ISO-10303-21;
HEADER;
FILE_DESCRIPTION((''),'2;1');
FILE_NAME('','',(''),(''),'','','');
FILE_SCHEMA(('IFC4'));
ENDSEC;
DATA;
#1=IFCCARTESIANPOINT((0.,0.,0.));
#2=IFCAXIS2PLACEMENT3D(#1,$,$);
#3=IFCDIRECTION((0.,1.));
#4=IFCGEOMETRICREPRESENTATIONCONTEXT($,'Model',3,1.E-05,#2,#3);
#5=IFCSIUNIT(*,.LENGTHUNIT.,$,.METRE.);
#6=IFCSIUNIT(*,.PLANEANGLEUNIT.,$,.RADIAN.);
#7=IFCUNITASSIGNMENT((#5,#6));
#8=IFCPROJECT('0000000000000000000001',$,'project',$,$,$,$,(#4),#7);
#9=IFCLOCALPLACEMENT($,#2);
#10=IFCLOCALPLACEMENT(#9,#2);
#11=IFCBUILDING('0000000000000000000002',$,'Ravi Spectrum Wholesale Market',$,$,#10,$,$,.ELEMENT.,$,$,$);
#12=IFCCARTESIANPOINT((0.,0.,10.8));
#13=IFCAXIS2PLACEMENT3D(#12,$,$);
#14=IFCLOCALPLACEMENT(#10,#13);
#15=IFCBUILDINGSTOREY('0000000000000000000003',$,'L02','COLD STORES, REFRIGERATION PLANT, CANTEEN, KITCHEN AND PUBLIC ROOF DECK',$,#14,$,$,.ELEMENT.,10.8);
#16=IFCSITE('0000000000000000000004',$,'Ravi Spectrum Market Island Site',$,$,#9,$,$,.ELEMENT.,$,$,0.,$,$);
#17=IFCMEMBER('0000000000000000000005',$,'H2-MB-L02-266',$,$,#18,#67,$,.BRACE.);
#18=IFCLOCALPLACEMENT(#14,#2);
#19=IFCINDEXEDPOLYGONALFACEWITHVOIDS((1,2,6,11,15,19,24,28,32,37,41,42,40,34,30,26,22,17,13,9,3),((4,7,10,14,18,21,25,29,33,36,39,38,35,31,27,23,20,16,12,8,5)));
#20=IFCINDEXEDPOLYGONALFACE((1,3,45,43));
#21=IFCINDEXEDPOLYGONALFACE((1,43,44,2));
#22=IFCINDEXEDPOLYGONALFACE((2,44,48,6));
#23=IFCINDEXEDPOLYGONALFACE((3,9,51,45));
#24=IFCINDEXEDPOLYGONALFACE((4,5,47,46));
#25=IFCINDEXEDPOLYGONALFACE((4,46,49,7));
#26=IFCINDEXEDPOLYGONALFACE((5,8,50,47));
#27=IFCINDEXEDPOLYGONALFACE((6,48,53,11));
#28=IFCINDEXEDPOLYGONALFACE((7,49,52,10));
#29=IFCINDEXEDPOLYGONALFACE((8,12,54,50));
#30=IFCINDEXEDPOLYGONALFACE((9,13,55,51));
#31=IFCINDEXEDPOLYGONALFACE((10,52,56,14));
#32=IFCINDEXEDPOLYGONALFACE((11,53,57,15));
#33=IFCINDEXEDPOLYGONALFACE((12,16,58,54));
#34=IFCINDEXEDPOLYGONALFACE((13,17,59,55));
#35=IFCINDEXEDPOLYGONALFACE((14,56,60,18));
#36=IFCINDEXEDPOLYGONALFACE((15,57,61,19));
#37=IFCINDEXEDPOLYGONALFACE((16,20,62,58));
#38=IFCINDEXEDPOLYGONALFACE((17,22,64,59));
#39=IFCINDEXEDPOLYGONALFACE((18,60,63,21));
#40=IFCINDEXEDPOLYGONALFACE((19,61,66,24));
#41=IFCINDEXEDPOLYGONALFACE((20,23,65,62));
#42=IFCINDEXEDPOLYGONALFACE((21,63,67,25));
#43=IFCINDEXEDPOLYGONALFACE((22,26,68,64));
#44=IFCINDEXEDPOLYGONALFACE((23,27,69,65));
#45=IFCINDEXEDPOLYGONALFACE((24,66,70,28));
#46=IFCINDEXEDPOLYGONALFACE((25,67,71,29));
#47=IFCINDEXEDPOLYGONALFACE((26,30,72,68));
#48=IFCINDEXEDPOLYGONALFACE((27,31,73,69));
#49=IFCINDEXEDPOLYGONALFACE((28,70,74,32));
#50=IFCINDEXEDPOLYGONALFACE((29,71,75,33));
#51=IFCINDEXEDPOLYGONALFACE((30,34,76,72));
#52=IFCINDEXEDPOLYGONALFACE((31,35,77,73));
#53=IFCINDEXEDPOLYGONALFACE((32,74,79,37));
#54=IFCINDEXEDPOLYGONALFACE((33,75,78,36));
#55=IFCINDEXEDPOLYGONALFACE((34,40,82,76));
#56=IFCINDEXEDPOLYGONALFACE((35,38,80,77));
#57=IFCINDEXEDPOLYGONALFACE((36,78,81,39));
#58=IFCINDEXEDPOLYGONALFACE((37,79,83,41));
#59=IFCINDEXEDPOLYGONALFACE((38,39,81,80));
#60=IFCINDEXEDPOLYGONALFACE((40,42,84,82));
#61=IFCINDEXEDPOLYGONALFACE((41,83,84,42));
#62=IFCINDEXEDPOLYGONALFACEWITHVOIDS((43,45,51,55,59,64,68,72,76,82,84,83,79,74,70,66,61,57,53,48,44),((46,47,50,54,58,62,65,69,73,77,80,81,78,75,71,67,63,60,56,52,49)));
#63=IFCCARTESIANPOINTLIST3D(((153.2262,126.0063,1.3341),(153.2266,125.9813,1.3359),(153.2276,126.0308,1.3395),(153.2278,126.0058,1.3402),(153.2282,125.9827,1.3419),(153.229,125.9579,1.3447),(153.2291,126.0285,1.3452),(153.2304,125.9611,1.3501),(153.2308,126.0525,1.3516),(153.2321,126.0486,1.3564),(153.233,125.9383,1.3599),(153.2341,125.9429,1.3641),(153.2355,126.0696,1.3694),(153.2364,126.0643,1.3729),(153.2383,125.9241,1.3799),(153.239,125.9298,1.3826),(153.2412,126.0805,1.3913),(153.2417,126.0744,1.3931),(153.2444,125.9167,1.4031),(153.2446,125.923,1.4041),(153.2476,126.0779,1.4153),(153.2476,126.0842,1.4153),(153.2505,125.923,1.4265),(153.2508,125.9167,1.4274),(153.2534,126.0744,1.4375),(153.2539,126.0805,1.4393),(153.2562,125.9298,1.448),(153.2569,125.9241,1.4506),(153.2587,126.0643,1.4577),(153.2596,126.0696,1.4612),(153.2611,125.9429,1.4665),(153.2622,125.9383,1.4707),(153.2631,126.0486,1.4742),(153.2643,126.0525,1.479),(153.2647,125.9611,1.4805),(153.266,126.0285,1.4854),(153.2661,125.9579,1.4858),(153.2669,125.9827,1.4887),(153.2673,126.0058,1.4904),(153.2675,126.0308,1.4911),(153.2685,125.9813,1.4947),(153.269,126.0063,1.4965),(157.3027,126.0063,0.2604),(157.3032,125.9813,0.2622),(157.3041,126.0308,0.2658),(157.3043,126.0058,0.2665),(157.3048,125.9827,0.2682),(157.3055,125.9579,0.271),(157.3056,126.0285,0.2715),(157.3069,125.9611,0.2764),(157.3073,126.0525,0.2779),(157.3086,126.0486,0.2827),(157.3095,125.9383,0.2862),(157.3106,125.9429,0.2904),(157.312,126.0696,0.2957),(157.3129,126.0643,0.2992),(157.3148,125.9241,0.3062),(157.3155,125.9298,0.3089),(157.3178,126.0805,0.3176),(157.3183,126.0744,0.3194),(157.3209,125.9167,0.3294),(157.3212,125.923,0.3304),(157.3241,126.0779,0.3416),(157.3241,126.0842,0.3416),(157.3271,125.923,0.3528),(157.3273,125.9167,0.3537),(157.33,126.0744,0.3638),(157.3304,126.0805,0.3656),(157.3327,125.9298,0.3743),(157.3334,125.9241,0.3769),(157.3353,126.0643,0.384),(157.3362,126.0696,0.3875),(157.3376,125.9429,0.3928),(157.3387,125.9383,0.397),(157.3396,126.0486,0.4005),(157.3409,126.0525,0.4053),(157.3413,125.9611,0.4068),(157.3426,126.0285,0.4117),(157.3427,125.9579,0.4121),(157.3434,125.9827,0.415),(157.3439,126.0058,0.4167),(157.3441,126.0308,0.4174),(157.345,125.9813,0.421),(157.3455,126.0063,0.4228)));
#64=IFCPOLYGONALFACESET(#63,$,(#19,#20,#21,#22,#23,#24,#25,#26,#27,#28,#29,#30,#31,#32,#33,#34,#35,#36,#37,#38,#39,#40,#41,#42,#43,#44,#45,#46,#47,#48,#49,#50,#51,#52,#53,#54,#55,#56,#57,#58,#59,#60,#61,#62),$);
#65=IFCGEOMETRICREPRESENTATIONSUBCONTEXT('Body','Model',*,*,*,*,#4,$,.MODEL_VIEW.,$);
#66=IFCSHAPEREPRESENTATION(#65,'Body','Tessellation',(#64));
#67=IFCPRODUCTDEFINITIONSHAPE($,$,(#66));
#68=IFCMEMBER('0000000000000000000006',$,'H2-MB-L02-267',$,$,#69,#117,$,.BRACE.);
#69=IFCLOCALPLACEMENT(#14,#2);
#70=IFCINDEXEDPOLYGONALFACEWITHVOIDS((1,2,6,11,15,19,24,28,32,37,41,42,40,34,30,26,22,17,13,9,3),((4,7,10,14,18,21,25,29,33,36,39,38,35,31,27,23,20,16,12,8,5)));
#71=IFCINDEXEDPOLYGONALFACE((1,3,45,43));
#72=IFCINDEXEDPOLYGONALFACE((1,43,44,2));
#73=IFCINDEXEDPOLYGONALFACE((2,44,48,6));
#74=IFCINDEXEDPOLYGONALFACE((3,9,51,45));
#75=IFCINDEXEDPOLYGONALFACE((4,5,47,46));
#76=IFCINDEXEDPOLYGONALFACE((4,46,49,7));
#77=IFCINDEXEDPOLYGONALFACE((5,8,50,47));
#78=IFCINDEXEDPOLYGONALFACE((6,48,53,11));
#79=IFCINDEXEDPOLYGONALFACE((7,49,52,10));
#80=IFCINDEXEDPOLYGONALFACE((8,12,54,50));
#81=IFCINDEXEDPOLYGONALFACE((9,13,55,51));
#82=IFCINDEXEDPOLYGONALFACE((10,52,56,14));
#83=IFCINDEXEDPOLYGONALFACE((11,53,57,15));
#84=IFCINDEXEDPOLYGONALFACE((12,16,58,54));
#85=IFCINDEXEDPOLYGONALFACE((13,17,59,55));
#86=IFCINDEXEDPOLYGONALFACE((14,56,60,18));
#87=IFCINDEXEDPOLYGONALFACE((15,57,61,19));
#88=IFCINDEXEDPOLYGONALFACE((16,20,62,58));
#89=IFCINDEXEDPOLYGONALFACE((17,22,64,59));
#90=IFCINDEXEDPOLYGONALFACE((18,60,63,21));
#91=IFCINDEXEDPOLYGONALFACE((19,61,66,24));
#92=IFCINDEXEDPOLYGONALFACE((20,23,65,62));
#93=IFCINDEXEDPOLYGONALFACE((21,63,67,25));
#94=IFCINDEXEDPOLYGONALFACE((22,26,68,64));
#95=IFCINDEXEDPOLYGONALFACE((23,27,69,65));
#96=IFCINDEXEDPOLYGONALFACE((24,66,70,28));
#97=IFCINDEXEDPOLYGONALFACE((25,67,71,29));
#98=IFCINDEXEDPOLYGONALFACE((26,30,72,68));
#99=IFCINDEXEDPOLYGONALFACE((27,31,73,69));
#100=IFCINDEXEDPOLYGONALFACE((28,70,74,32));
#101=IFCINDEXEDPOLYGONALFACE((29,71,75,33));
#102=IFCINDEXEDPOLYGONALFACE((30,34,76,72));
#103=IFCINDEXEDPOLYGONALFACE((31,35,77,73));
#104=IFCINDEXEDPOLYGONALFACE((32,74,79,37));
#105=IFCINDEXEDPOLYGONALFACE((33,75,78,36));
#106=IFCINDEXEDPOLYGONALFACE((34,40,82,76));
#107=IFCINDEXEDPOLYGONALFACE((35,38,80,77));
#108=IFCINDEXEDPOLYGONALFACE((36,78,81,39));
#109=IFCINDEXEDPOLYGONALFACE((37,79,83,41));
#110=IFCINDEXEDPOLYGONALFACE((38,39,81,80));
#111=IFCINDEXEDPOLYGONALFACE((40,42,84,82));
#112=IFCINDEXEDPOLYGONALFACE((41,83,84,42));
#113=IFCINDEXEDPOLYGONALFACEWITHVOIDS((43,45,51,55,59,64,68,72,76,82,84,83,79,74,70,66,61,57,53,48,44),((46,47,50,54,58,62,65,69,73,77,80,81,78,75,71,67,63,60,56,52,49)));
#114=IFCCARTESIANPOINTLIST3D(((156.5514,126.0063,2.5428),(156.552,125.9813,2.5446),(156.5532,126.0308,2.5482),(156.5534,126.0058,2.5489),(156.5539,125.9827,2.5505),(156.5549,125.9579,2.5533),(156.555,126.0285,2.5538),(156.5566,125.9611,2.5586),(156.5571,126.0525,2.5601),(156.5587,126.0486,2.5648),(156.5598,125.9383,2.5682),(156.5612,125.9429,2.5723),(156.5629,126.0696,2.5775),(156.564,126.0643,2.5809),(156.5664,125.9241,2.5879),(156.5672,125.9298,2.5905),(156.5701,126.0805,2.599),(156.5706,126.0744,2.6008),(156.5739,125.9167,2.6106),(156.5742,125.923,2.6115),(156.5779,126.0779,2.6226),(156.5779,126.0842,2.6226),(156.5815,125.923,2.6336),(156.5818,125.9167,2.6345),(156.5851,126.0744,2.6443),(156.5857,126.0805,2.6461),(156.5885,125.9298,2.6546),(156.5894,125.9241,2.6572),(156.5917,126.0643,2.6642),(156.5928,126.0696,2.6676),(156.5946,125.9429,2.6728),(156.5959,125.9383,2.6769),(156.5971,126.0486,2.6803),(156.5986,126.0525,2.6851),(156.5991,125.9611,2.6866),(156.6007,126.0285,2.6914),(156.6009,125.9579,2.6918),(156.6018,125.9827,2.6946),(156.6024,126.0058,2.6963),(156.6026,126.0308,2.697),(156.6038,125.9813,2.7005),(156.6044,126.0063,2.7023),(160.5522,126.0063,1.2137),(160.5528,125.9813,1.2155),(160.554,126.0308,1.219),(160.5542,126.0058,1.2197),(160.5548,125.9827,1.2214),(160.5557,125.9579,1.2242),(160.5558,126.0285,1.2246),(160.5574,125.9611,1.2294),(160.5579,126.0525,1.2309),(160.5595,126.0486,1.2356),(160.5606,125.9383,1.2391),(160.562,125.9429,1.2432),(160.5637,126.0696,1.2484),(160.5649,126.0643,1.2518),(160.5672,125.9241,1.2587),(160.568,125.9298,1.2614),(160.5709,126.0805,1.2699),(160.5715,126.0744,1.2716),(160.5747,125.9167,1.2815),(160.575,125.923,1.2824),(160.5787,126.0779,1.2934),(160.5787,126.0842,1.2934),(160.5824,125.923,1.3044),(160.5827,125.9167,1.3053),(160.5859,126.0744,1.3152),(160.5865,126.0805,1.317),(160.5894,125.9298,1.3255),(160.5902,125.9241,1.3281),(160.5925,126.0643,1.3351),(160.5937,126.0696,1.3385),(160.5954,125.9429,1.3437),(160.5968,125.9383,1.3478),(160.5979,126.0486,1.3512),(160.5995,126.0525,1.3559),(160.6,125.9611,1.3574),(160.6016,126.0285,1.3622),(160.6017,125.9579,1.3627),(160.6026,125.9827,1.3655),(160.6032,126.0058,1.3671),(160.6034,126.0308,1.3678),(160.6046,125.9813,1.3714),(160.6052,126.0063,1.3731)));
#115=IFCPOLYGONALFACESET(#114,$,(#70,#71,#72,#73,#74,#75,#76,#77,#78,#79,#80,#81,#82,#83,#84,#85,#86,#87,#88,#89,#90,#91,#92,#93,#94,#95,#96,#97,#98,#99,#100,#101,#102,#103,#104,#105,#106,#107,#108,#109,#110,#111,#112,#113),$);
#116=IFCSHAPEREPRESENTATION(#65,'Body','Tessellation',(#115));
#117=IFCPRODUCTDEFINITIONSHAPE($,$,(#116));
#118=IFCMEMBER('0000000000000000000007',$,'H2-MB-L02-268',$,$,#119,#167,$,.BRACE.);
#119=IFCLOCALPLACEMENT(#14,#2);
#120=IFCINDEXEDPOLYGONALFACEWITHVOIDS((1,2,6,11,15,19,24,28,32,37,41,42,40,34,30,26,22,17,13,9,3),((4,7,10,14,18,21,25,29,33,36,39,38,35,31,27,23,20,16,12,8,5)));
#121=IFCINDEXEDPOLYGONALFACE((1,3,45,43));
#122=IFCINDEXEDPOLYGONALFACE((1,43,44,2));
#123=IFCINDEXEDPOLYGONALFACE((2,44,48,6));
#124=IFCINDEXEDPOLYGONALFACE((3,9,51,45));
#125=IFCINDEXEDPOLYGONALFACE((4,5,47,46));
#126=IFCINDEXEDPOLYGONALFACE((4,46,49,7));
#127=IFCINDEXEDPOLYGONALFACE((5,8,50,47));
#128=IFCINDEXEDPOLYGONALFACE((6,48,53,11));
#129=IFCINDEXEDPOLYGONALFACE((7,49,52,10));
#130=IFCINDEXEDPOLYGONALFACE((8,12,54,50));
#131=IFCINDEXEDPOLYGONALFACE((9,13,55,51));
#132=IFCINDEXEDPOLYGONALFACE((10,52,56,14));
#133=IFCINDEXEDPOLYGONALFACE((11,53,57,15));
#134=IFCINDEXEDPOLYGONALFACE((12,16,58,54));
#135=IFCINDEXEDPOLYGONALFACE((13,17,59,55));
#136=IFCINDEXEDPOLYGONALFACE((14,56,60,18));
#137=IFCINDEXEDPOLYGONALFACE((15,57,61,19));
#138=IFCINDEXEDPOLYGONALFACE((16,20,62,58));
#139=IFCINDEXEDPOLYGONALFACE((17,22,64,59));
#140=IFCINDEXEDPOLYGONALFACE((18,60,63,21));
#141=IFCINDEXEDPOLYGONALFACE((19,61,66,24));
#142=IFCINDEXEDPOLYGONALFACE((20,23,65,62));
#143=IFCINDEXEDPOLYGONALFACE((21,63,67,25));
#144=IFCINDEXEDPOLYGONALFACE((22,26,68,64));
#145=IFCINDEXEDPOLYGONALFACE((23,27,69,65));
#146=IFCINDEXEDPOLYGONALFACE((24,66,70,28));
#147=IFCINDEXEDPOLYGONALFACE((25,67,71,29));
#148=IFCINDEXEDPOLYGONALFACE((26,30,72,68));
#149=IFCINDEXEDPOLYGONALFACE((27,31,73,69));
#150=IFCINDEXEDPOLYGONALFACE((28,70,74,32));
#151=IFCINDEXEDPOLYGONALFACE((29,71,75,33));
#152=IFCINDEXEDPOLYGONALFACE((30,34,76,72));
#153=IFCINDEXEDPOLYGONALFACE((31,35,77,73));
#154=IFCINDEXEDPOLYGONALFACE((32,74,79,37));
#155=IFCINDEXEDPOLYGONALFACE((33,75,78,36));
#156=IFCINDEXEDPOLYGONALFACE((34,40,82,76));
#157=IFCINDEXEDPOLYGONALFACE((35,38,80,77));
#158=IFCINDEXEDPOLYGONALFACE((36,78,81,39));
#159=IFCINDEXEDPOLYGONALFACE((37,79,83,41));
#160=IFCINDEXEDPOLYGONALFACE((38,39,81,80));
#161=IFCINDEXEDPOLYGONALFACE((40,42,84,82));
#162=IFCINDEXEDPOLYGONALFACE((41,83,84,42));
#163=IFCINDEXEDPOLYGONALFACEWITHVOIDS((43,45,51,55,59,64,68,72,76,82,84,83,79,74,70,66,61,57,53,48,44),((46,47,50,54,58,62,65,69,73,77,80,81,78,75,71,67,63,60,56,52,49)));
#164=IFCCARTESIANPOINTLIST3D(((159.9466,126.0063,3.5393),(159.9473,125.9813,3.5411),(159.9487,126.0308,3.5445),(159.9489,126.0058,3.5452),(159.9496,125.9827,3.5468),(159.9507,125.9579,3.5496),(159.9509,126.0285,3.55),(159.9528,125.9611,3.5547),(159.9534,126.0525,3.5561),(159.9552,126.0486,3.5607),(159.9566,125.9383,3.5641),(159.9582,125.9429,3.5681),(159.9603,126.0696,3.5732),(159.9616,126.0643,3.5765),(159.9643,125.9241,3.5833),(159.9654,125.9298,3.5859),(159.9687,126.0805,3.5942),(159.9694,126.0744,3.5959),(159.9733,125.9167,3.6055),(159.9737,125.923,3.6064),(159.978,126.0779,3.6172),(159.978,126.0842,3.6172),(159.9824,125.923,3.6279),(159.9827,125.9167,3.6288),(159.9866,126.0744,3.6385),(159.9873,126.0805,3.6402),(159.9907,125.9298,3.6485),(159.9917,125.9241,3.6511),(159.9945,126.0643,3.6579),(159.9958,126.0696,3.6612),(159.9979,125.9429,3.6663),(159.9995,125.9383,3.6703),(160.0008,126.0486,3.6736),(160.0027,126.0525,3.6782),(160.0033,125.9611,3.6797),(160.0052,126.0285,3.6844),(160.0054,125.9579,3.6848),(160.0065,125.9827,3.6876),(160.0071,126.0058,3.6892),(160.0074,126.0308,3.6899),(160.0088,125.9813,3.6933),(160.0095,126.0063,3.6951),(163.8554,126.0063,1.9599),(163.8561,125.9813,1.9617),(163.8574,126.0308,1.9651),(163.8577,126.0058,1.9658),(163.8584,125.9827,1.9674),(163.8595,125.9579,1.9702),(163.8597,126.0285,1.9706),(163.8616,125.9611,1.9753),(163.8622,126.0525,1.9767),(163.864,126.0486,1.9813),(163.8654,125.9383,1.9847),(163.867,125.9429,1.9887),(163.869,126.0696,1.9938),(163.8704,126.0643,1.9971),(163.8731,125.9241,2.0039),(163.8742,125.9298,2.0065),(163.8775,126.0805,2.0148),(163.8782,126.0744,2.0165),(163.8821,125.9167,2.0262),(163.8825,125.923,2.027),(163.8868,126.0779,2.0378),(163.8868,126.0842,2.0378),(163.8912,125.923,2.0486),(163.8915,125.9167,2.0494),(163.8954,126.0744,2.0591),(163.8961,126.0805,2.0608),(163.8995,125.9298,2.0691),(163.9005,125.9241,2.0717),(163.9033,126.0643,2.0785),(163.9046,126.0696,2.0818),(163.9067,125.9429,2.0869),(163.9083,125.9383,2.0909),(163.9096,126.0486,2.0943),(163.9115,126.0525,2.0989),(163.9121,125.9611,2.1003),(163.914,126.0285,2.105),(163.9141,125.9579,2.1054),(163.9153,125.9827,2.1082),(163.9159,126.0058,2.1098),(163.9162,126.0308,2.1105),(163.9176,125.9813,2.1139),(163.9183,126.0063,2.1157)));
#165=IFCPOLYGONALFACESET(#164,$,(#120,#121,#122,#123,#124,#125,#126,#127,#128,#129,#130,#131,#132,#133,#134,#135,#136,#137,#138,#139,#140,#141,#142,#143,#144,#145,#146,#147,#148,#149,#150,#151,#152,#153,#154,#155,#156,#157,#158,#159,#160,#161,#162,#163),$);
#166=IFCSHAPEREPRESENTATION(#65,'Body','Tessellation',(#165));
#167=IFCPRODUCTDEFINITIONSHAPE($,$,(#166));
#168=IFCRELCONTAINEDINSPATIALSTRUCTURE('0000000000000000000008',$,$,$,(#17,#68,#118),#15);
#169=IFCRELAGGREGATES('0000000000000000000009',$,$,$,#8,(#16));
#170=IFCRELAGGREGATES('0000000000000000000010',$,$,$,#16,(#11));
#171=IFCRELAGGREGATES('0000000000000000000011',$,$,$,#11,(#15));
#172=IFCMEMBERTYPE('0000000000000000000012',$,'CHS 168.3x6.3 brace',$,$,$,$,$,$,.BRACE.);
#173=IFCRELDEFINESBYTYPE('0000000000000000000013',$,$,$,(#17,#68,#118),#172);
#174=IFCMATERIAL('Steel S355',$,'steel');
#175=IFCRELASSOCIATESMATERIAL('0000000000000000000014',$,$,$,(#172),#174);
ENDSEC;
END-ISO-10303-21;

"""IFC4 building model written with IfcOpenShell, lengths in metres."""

from ifc_helpers import new_model, si_unit, direction, frame, origin, origin_2d, place, context, subcontext, project, spatial, hollow_circle, extrude, material, material_profile, profile_set, type_object, element, save


model = new_model("IFC4")

# Units and contexts
model_context = context("Model", 3, precision=1e-05, world=origin(), true_north=direction((0.0, 1.0)))
body_context = subcontext(model_context, "Body", "Model", "MODEL_VIEW")
ifc_project = project(units=[si_unit("LENGTHUNIT", "METRE"), si_unit("PLANEANGLEUNIT", "RADIAN")], contexts=[model_context])

# Site, building, storey
site_placement = place(None, origin())
site = spatial("IfcSite", under=ifc_project, at=site_placement, Name="Ravi Spectrum Market Island Site", CompositionType="ELEMENT", RefElevation=0.0)
building_placement = place(site_placement, origin())
building = spatial("IfcBuilding", under=site, at=building_placement, Name="Ravi Spectrum Wholesale Market", CompositionType="ELEMENT")
storey_placement = place(building_placement, frame((0.0, 0.0, 10.8)))
storey = spatial("IfcBuildingStorey", under=building, at=storey_placement, Name="L02", Description="COLD STORES, REFRIGERATION PLANT, CANTEEN, KITCHEN AND PUBLIC ROOF DECK", CompositionType="ELEMENT", Elevation=10.8)

# Members
ifc_material_1 = material(Name="Steel S355", Category="steel")
ifc_material_profile_1 = material_profile(ifc_material_1, hollow_circle(Radius=0.0842, WallThickness=0.0063, at=origin_2d()))
ifc_profile_set_1 = profile_set([ifc_material_profile_1], Name="Steel S355")
member_type_1 = type_object("IfcMemberType", Name="CHS 168.3x6.3 brace", PredefinedType="BRACE", material=ifc_profile_set_1)
member_1_placement = place(storey_placement, frame((153.2476, 126.0, 1.4153), z_axis=(0.967021, 0.0, -0.254699), x_axis=(0.0, 1.0, 0.0)))
element("IfcMember", 1, at=member_1_placement, inside=storey, type_object=member_type_1, Name="H2-MB-L02-266", PredefinedType="BRACE", context=body_context, shape_type="SweptSolid", body=[
    extrude(hollow_circle(Radius=0.0842, WallThickness=0.0063, at=origin_2d()), origin(), (0.0, 0.0, 1.0), 4.2156),
])
for number, where, z_axis, x_axis, name in (
    (2, (156.5779, 126.0, 2.6226), (0.949001, 0.0, -0.315272), (0.0, 1.0, 0.0), "H2-MB-L02-267"),
    (3, (159.978, 126.0, 3.6172), (0.927173, 0.0, -0.374633), (0.0, 1.0, 0.0), "H2-MB-L02-268"),
):
    element("IfcMember", number, at=place(storey_placement, frame(where, z_axis=z_axis, x_axis=x_axis)), inside=storey, type_object=member_type_1, Name=name, PredefinedType="BRACE", context=body_context, shape_type="SweptSolid", body=[
        extrude(hollow_circle(Radius=0.0842, WallThickness=0.0063, at=origin_2d()), origin(), (0.0, 0.0, 1.0), 4.2158),
    ])

save(model, "model.ifc")
